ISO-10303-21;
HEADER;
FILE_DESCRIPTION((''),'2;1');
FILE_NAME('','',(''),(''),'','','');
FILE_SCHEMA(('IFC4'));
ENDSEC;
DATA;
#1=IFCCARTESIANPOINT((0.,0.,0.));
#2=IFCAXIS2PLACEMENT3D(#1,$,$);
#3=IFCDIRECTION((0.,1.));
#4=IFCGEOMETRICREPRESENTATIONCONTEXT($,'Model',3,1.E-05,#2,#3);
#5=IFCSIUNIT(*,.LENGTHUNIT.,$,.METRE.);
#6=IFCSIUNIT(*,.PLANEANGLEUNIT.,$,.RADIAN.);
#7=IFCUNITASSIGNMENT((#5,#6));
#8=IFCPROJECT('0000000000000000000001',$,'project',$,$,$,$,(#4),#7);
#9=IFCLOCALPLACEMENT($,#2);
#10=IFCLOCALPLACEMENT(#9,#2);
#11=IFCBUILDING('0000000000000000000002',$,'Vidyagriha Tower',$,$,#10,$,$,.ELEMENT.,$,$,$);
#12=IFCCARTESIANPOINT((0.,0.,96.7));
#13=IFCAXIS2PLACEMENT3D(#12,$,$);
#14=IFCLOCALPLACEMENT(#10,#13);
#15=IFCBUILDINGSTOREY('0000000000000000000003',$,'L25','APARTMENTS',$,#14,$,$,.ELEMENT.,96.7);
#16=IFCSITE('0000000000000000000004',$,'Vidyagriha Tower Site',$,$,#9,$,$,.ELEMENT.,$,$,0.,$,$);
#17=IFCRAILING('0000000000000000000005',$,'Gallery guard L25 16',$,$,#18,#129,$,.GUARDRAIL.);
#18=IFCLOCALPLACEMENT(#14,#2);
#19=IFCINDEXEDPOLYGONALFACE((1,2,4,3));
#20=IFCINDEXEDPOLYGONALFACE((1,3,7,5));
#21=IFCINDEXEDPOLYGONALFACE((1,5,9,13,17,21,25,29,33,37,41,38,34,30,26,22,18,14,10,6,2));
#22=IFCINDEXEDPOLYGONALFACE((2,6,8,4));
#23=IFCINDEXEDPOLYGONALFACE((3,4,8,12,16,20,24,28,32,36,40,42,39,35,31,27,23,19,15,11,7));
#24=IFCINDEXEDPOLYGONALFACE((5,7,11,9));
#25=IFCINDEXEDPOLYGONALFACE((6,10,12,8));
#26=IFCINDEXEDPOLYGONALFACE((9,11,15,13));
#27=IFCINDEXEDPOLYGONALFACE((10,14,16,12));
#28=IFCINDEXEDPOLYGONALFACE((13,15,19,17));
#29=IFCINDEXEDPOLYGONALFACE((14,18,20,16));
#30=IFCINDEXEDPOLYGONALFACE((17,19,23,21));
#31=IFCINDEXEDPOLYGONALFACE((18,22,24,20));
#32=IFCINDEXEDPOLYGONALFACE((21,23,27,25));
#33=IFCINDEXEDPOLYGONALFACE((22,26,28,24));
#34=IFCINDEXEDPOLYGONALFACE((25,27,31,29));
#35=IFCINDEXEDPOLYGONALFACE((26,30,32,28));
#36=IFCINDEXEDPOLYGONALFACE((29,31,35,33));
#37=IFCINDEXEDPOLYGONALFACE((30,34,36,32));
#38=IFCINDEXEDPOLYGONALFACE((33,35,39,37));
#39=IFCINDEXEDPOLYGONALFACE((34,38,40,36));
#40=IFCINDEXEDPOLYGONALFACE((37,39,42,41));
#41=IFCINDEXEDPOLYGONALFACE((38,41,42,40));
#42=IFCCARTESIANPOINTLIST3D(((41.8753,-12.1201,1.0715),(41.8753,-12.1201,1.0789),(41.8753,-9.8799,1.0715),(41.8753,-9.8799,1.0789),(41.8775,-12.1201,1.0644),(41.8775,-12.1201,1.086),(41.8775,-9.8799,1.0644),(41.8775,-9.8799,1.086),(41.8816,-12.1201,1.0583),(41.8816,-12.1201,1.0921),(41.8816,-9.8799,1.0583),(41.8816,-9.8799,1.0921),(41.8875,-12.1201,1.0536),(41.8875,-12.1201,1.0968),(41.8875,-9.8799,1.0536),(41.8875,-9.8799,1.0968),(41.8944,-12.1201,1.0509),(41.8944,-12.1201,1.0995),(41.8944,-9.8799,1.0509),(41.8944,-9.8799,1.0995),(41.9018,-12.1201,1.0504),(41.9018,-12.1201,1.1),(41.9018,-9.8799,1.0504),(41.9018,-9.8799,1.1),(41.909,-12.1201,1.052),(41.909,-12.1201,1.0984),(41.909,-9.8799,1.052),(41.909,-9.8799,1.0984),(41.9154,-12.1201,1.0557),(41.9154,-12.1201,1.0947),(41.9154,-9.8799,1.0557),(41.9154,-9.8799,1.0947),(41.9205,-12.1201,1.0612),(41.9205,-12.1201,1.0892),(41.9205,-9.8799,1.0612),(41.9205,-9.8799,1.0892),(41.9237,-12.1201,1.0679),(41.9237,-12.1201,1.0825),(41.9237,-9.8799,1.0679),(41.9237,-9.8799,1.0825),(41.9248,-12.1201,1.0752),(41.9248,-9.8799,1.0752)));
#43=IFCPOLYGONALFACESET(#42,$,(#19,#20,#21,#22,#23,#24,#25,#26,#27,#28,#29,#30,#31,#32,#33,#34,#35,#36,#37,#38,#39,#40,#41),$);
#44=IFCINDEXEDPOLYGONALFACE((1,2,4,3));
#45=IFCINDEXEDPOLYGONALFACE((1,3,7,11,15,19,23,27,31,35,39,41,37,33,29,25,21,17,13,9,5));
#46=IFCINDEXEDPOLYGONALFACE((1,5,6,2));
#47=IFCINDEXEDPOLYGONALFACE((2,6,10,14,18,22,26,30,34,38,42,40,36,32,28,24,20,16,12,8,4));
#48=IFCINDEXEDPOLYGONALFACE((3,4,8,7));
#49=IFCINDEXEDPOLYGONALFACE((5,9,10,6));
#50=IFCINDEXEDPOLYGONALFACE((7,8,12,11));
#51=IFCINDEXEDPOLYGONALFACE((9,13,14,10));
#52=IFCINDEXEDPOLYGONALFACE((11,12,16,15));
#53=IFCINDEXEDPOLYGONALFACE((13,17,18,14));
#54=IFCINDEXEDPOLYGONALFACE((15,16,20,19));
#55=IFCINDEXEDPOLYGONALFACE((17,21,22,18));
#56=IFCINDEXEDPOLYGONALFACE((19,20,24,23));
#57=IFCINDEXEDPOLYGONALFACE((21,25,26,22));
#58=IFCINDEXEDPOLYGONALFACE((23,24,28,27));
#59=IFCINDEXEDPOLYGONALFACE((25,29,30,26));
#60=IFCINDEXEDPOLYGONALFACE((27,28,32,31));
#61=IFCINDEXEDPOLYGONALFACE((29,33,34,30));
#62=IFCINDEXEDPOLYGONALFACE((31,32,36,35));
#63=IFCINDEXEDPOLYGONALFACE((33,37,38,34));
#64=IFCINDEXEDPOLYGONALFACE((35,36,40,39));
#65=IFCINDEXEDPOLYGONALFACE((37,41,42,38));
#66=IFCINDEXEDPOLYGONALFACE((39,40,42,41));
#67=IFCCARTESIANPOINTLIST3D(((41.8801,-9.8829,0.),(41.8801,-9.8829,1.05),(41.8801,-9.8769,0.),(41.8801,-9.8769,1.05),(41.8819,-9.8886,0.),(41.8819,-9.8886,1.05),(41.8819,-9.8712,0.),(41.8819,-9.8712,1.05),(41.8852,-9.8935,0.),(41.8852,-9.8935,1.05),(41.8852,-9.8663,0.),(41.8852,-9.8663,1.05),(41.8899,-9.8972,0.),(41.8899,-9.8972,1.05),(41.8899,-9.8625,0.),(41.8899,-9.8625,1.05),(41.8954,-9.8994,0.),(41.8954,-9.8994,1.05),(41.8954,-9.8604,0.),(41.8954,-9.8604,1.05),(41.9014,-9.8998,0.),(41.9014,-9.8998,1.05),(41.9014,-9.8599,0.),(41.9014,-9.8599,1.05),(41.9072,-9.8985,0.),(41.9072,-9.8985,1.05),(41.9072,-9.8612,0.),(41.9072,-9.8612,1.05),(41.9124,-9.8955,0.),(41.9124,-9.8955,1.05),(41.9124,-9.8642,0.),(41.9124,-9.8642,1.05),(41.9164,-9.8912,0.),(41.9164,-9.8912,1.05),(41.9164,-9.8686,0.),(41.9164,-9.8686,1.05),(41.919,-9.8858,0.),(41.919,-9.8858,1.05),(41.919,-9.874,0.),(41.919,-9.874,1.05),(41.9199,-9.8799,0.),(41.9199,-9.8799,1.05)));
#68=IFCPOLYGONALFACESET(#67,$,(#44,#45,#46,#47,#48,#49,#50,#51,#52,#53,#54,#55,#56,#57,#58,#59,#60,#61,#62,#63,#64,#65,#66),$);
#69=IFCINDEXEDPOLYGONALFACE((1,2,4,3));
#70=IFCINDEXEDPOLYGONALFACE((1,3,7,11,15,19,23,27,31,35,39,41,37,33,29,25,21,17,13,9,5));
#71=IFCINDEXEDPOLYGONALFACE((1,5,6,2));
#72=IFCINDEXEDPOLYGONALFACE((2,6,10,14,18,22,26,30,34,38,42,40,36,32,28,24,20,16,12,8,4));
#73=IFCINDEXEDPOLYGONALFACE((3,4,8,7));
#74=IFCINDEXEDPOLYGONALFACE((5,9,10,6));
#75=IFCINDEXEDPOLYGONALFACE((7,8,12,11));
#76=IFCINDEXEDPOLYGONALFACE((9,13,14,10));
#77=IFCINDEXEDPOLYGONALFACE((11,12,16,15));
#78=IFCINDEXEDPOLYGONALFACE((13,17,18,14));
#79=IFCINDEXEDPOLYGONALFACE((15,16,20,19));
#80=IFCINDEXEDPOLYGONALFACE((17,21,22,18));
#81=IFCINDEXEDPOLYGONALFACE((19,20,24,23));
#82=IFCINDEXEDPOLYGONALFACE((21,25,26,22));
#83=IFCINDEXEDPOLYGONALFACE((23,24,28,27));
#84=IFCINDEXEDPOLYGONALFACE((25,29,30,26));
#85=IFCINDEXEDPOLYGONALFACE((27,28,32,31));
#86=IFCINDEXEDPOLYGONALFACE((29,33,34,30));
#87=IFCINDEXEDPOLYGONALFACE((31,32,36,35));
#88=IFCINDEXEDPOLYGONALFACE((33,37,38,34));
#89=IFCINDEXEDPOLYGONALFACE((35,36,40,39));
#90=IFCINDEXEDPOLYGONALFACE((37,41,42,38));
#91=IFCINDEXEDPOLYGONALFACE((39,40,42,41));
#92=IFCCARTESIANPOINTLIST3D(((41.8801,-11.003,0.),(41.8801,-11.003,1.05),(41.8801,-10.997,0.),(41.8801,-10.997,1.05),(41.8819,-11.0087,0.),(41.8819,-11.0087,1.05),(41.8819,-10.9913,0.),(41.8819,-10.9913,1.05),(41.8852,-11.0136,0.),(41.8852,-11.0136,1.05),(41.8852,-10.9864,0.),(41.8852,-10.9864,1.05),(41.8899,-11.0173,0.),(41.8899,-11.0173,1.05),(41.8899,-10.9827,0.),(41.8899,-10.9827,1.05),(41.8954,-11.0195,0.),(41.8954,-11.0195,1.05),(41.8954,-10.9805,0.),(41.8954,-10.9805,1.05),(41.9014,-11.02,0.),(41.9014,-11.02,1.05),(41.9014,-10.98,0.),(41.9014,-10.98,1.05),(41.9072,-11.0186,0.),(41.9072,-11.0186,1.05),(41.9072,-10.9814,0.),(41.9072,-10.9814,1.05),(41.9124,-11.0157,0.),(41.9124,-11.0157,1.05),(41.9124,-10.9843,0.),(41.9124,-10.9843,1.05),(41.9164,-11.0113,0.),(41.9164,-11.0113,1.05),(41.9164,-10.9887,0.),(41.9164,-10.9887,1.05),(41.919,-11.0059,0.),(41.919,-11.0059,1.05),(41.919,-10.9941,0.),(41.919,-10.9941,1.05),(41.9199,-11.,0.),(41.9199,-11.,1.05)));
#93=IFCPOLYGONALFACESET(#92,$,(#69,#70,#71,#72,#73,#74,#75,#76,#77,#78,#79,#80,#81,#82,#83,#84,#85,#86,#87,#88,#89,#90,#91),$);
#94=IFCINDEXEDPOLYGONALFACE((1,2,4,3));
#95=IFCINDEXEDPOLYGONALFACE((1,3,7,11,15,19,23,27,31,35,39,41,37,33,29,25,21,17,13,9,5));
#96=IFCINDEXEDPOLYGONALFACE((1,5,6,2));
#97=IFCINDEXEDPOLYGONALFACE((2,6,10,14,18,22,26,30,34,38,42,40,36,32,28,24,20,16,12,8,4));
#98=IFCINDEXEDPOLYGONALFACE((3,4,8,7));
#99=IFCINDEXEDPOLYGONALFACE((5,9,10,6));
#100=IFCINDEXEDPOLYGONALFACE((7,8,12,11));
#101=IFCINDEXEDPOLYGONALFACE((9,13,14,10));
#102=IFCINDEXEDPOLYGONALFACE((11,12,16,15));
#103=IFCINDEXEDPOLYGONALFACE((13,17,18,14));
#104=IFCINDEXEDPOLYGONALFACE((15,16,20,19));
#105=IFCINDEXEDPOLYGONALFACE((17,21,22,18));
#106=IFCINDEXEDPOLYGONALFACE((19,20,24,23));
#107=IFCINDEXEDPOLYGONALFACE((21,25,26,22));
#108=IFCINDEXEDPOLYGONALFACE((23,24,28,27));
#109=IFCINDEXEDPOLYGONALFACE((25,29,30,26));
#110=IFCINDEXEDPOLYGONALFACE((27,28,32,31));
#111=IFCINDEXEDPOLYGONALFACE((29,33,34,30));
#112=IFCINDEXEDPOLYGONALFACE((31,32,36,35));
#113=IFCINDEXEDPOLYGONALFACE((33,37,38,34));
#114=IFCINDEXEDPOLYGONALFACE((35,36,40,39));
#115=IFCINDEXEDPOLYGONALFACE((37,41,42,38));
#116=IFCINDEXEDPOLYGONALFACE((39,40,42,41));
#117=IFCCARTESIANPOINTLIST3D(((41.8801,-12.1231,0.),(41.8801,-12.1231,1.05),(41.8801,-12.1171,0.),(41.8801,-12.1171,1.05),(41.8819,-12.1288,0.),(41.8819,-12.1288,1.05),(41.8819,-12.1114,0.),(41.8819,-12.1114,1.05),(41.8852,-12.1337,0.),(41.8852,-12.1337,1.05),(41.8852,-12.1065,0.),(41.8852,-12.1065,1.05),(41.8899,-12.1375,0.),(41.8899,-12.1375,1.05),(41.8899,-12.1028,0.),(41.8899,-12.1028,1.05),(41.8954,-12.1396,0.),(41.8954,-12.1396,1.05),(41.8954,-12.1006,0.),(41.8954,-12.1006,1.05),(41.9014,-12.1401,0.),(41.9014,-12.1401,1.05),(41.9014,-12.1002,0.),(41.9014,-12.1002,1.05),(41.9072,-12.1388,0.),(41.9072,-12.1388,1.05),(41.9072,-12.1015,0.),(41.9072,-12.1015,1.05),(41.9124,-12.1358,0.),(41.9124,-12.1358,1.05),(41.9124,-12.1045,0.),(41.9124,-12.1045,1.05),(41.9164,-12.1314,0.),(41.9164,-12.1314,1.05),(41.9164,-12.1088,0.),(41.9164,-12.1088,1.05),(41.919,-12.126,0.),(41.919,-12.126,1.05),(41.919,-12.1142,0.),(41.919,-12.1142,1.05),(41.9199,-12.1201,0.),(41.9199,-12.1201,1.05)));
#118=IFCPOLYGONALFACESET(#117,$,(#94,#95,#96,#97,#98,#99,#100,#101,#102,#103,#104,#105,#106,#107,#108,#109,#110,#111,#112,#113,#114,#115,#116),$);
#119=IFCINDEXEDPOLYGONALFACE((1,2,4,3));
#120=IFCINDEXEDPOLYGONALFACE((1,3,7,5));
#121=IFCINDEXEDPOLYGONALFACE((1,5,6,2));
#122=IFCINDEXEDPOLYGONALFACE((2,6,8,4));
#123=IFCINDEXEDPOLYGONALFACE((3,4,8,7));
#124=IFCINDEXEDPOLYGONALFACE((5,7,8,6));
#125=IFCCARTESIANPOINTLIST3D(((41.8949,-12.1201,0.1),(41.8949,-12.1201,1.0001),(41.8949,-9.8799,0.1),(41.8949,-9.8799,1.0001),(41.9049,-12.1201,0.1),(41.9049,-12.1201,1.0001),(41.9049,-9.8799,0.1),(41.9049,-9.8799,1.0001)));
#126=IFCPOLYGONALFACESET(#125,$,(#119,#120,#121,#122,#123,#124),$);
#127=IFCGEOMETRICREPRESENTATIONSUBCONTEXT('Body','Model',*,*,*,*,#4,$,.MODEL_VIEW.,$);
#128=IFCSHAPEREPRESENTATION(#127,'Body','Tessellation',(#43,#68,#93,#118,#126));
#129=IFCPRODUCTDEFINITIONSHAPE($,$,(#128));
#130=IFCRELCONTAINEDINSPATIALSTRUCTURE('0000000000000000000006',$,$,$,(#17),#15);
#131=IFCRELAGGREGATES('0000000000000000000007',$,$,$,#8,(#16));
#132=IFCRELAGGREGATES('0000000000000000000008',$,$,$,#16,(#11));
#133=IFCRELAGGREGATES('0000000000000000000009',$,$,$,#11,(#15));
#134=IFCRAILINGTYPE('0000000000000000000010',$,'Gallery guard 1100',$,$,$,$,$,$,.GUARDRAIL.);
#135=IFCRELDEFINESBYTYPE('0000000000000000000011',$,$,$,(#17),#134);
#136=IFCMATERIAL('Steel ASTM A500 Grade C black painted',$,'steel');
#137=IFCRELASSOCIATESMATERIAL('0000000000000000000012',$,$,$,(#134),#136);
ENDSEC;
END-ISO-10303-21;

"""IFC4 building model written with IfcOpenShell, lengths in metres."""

from ifc_helpers import new_model, si_unit, direction, frame, origin, origin_2d, place, context, subcontext, project, spatial, rectangle, circle, extrude, material, type_object, element, save


model = new_model("IFC4")

# Units and contexts
model_context = context("Model", 3, precision=1e-05, world=origin(), true_north=direction((0.0, 1.0)))
body_context = subcontext(model_context, "Body", "Model", "MODEL_VIEW")
ifc_project = project(units=[si_unit("LENGTHUNIT", "METRE"), si_unit("PLANEANGLEUNIT", "RADIAN")], contexts=[model_context])

# Site, building, storey
site_placement = place(None, origin())
site = spatial("IfcSite", under=ifc_project, at=site_placement, Name="Vidyagriha Tower Site", CompositionType="ELEMENT", RefElevation=0.0)
building_placement = place(site_placement, origin())
building = spatial("IfcBuilding", under=site, at=building_placement, Name="Vidyagriha Tower", CompositionType="ELEMENT")
storey_placement = place(building_placement, frame((0.0, 0.0, 96.7)))
storey = spatial("IfcBuildingStorey", under=building, at=storey_placement, Name="L25", Description="APARTMENTS", CompositionType="ELEMENT", Elevation=96.7)

# Railing
ifc_material_1 = material(Name="Steel ASTM A500 Grade C black painted", Category="steel")
railing_type_1 = type_object("IfcRailingType", Name="Gallery guard 1100", PredefinedType="GUARDRAIL", material=ifc_material_1)
railing_1_placement = place(storey_placement, frame((41.8999, -9.8799, 0.0)))
element("IfcRailing", 1, at=railing_1_placement, inside=storey, type_object=railing_type_1, Name="Gallery guard L25 16", PredefinedType="GUARDRAIL", context=body_context, shape_type="SweptSolid", body=[
    extrude(circle(Radius=0.0249, at=origin_2d()), frame((0.0, 0.0, 1.0752), z_axis=(0.0, -1.0, 0.0), x_axis=(1.0, 0.0, 0.0)), (0.0, 0.0, 1.0), 2.2402),
    extrude(circle(Radius=0.02, at=origin_2d()), origin(), (0.0, 0.0, 1.0), 1.05),
    extrude(circle(Radius=0.02, at=origin_2d()), frame((0.0, -1.1201, 0.0)), (0.0, 0.0, 1.0), 1.05),
    extrude(circle(Radius=0.02, at=origin_2d()), frame((0.0, -2.2402, 0.0)), (0.0, 0.0, 1.0), 1.05),
    extrude(rectangle(XDim=0.01, YDim=0.9001, at=origin_2d()), frame((0.0, 0.0, 0.55), z_axis=(0.0, -1.0, 0.0), x_axis=(1.0, 0.0, 0.0)), (0.0, 0.0, 1.0), 2.2402),
])

save(model, "model.ifc")
